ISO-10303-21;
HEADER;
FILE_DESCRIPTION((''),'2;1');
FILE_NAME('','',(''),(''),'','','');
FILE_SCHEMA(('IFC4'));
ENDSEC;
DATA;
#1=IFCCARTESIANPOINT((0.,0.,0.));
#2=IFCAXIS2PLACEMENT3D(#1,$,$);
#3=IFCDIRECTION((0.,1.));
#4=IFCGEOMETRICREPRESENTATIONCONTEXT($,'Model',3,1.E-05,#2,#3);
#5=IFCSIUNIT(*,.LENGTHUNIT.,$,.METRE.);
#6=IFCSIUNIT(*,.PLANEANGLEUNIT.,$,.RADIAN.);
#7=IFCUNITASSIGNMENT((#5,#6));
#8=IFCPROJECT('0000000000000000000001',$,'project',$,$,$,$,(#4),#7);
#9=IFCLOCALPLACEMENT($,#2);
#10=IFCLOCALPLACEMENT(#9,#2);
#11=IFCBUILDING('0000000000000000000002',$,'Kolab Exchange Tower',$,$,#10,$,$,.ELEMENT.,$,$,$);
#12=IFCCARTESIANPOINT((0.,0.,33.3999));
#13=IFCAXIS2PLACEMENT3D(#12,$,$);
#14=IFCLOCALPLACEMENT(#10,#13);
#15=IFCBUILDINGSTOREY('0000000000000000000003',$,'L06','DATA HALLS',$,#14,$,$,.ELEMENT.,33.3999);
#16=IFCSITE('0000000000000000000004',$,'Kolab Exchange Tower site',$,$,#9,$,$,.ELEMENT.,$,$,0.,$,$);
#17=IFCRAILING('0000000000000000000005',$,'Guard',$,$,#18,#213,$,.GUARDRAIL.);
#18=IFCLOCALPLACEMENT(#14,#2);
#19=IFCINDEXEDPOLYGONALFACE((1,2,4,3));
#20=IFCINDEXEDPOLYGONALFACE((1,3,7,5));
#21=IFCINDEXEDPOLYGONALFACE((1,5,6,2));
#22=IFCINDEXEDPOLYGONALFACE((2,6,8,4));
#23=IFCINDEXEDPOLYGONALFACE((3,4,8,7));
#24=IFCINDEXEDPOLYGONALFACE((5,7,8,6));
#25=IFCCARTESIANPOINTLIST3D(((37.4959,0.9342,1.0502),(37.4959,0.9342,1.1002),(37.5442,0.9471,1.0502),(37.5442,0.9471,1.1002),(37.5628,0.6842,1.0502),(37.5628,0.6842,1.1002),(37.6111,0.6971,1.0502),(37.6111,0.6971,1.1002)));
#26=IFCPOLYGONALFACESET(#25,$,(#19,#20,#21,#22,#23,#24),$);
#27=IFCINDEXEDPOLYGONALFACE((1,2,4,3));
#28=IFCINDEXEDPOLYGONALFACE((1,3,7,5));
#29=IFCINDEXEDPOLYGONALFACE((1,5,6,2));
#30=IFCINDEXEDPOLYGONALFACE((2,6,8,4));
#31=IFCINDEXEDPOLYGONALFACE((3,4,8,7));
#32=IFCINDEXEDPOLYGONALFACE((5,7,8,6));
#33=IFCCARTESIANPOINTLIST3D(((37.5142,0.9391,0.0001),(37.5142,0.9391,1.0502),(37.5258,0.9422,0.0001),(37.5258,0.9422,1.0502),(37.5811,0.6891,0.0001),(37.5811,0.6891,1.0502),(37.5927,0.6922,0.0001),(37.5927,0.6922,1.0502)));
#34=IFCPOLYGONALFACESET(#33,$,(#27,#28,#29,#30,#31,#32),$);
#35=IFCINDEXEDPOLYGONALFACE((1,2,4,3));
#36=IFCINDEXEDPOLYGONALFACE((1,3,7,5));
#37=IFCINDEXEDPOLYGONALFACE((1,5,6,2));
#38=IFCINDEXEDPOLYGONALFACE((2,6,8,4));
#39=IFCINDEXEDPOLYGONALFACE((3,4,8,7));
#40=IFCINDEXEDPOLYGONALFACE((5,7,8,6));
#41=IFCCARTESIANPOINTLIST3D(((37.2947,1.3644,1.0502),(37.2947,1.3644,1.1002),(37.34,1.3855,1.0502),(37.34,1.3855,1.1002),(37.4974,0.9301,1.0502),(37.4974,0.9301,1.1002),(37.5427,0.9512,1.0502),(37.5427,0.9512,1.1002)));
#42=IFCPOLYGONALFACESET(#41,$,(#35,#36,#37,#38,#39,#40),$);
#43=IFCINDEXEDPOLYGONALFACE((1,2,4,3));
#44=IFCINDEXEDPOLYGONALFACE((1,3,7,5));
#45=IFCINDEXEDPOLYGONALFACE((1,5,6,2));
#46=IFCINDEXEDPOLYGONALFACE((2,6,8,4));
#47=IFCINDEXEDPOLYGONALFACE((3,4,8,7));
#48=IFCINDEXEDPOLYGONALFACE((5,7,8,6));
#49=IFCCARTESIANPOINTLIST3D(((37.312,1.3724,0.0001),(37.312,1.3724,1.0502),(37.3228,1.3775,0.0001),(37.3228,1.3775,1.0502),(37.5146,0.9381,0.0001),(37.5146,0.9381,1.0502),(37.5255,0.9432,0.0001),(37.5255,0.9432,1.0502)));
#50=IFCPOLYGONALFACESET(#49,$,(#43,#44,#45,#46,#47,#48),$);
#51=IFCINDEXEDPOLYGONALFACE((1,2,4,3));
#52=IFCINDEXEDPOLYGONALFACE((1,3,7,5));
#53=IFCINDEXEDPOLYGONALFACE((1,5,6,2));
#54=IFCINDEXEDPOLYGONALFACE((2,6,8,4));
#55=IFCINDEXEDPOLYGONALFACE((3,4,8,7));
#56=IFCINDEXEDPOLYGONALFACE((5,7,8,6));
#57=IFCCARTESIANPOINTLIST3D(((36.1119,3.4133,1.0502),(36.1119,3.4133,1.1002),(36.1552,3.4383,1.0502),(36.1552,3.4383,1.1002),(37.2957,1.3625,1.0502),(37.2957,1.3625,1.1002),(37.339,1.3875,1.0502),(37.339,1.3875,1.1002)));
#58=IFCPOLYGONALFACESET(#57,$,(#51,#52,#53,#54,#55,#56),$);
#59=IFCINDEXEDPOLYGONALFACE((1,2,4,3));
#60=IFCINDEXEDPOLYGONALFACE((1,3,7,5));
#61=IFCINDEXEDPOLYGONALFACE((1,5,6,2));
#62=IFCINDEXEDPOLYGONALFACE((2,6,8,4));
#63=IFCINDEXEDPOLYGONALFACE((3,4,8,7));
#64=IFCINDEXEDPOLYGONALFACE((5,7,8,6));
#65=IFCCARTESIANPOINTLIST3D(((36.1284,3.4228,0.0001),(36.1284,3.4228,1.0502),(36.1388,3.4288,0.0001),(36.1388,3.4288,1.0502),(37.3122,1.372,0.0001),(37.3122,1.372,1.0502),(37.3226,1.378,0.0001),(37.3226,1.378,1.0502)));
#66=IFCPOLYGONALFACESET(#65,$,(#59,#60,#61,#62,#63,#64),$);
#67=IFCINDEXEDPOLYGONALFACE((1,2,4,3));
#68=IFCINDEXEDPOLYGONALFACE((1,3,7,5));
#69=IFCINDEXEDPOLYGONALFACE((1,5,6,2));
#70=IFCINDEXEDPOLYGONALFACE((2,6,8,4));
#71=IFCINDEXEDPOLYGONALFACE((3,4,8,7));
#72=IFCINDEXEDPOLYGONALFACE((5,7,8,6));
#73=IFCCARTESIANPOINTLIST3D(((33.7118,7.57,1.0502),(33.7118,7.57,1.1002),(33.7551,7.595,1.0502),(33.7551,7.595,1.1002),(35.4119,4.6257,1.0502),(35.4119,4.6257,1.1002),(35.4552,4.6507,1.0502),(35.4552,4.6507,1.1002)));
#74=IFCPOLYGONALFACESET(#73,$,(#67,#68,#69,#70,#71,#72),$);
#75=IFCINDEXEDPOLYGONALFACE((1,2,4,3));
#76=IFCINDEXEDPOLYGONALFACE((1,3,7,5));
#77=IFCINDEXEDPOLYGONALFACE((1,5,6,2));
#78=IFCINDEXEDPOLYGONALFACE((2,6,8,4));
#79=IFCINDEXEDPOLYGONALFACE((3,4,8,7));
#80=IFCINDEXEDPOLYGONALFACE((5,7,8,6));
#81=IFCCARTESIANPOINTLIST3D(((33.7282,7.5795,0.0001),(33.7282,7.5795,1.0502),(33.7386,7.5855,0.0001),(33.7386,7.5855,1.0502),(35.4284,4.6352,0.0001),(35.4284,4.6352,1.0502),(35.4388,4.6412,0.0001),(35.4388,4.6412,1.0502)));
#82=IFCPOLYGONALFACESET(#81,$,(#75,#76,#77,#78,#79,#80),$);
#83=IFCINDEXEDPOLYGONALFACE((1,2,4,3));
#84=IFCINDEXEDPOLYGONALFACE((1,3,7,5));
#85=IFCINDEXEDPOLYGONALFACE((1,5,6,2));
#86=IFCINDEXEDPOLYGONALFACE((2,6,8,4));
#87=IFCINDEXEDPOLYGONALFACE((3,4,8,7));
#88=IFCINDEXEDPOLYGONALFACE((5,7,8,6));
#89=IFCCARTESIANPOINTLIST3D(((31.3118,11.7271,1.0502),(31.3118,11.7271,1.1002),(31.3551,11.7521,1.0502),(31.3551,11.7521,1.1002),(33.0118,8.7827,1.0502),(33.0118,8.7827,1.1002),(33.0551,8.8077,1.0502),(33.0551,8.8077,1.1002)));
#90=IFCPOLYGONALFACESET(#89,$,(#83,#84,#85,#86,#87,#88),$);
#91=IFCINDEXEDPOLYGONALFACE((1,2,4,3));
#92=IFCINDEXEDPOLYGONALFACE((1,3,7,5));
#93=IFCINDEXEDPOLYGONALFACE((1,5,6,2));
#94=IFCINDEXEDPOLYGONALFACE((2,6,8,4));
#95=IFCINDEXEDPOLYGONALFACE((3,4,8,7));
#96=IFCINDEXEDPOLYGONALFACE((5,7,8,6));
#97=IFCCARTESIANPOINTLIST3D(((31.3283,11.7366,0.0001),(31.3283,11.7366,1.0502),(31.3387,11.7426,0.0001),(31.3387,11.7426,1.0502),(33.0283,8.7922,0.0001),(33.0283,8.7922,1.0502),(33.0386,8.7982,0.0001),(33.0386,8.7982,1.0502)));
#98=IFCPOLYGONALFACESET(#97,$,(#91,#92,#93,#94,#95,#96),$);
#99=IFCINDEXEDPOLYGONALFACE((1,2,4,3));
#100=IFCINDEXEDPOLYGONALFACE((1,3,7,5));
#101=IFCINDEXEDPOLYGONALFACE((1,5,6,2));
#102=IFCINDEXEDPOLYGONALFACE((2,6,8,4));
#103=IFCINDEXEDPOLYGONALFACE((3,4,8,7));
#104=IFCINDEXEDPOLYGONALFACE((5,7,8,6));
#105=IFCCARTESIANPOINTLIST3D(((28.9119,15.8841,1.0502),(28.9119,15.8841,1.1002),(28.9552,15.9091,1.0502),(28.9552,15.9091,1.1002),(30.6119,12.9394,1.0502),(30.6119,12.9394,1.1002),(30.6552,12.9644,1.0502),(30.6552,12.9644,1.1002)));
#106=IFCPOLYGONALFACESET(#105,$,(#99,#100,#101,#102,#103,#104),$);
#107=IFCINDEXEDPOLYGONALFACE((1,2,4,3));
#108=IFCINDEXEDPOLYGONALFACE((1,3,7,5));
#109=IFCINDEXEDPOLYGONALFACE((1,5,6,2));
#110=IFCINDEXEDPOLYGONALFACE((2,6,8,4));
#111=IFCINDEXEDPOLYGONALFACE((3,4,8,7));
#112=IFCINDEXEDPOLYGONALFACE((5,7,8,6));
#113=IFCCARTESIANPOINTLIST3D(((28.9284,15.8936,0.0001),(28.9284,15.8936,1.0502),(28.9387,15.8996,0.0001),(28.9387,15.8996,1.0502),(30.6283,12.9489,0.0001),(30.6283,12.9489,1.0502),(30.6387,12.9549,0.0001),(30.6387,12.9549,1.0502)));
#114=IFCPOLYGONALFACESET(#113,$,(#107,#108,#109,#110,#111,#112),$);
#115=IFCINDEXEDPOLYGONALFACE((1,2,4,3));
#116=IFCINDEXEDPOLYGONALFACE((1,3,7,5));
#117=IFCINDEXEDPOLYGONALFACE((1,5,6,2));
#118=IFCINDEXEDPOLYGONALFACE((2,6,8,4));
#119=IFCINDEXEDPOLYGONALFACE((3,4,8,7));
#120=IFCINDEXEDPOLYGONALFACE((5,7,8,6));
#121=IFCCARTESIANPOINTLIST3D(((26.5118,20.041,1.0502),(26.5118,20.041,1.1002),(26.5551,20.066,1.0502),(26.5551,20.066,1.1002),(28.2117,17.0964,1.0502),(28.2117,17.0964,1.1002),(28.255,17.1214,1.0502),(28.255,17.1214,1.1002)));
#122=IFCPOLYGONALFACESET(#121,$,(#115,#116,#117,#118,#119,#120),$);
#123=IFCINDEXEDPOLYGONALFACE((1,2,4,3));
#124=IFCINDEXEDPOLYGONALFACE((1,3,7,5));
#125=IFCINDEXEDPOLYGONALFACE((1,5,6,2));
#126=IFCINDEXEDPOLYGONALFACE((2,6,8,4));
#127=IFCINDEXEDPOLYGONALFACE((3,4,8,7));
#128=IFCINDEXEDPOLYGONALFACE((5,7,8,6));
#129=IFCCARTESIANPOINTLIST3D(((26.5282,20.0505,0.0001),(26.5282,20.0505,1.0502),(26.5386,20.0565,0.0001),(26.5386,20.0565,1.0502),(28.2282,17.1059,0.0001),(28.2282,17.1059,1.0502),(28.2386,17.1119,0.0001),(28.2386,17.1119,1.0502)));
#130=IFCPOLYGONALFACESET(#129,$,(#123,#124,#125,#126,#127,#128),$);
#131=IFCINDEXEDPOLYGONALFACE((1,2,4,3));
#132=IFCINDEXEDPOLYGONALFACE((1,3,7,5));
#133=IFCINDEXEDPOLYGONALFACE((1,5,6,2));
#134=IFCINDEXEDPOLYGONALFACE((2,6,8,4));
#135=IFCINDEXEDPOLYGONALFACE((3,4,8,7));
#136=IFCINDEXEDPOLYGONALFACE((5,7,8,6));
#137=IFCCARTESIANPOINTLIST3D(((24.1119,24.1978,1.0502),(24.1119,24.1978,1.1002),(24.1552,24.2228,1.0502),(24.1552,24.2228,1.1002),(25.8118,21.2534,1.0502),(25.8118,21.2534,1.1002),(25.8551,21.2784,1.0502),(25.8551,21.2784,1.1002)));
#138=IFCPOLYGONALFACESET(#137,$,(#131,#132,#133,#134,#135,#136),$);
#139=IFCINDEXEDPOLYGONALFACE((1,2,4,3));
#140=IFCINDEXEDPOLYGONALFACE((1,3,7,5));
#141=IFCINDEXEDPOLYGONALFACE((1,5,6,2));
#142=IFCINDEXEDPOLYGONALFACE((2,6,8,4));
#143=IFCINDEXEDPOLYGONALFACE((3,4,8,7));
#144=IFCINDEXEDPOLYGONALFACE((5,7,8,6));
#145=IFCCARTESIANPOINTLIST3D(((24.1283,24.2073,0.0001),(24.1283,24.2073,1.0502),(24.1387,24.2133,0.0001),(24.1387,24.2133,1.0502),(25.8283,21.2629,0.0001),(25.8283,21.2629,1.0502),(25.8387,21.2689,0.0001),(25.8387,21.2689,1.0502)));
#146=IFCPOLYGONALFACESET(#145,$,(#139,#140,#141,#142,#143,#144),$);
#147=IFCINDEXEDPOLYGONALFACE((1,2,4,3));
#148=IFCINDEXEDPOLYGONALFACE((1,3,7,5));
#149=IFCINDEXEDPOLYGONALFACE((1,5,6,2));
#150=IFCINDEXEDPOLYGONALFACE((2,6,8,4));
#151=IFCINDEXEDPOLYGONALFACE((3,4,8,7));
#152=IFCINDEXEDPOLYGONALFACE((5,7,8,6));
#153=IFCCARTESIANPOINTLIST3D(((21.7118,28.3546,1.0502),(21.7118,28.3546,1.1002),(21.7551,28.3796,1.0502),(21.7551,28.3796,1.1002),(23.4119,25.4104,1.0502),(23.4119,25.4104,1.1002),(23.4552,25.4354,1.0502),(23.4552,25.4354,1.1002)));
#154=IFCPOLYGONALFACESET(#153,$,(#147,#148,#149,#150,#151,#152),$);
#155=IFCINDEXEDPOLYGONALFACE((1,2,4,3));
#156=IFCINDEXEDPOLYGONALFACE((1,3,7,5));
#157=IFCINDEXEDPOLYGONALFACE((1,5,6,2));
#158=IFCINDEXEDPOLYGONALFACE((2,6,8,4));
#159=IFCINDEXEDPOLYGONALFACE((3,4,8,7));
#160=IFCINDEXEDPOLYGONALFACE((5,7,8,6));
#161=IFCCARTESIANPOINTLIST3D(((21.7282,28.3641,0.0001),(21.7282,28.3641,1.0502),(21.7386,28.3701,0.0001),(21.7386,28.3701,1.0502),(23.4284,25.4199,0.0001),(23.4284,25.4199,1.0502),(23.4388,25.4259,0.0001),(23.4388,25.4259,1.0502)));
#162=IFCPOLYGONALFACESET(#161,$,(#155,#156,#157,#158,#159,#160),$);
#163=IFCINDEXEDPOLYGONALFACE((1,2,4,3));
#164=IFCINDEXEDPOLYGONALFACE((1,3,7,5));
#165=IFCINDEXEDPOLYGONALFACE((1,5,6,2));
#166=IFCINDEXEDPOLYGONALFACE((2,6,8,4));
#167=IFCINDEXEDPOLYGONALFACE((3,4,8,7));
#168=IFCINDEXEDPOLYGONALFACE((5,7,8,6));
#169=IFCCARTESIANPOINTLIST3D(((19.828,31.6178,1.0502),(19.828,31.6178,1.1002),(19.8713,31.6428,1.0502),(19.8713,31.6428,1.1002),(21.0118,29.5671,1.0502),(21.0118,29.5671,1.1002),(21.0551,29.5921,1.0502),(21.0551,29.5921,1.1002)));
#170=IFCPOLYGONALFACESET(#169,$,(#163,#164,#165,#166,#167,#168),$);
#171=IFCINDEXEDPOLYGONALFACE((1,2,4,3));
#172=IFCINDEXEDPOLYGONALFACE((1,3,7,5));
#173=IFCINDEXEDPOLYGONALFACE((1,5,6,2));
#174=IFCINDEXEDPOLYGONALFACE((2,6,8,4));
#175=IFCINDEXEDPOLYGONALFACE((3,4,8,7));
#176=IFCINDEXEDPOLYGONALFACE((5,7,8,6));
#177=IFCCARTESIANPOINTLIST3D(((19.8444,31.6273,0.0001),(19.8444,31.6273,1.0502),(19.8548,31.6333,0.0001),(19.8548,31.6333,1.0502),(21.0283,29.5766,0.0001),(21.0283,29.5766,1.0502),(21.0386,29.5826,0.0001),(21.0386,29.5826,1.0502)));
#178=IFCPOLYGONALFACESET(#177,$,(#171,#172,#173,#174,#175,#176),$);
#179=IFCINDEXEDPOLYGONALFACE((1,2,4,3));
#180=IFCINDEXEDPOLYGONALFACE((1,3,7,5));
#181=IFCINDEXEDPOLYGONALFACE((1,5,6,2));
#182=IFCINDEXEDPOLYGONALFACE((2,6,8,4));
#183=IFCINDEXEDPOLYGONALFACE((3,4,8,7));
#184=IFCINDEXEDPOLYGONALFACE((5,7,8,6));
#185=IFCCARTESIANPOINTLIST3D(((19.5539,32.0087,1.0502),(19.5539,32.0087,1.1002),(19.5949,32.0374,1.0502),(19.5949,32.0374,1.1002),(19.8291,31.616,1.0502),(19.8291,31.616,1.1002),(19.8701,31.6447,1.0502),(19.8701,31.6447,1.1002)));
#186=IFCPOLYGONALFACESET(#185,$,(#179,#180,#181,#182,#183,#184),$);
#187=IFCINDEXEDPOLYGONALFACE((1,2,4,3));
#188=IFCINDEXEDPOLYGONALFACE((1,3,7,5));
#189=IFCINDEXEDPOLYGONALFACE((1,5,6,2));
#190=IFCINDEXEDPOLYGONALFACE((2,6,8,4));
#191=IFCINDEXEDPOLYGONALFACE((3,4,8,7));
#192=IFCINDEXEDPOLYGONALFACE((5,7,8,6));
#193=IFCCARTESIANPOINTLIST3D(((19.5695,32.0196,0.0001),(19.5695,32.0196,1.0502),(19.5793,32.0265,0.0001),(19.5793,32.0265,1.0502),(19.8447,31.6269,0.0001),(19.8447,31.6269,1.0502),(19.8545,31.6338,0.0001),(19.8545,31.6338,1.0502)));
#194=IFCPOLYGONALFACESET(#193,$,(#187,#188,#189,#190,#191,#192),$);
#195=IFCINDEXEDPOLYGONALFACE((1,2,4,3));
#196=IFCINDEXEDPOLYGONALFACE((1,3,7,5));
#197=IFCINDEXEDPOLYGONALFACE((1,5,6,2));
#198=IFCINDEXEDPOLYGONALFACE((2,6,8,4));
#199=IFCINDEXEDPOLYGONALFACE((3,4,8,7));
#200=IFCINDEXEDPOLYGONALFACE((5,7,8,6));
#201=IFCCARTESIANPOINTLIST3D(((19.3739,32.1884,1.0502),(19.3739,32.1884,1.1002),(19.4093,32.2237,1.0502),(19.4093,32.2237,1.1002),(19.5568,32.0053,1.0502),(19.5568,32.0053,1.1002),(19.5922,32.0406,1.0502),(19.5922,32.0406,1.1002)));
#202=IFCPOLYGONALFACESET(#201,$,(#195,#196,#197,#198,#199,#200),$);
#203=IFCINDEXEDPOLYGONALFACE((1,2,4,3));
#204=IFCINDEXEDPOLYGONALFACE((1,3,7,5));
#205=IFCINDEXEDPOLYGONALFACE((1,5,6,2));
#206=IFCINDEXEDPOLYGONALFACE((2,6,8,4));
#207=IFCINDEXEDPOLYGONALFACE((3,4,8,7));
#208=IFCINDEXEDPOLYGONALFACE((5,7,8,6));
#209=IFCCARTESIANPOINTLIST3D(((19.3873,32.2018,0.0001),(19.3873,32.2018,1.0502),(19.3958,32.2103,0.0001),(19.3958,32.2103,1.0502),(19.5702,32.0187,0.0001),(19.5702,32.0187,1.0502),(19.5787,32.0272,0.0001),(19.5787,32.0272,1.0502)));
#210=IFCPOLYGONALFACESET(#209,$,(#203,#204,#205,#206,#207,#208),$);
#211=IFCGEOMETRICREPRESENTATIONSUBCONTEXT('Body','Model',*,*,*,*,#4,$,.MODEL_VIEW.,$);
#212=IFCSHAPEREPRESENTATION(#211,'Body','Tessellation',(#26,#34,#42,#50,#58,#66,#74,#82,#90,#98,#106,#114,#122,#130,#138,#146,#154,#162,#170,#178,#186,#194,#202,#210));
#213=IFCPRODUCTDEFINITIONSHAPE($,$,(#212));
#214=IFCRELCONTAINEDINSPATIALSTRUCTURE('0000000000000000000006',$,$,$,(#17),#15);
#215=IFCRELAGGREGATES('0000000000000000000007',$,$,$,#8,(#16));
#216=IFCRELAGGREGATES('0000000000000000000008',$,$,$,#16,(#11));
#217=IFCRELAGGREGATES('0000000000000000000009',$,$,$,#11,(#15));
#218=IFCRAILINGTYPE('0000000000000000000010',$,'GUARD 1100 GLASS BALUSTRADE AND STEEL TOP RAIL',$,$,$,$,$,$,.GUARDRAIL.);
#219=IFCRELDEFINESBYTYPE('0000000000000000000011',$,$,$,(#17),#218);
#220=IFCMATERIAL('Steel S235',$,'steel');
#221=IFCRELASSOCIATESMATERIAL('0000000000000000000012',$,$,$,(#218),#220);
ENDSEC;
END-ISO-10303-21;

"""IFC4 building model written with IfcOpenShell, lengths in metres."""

from ifc_helpers import new_model, si_unit, direction, frame, frame_2d, origin, origin_2d, place, context, subcontext, project, spatial, rectangle, extrude, material, type_object, element, save


model = new_model("IFC4")

# Units and contexts
model_context = context("Model", 3, precision=1e-05, world=origin(), true_north=direction((0.0, 1.0)))
body_context = subcontext(model_context, "Body", "Model", "MODEL_VIEW")
ifc_project = project(units=[si_unit("LENGTHUNIT", "METRE"), si_unit("PLANEANGLEUNIT", "RADIAN")], contexts=[model_context])

# Site, building, storey
site_placement = place(None, origin())
site = spatial("IfcSite", under=ifc_project, at=site_placement, Name="Kolab Exchange Tower site", CompositionType="ELEMENT", RefElevation=0.0)
building_placement = place(site_placement, origin())
building = spatial("IfcBuilding", under=site, at=building_placement, Name="Kolab Exchange Tower", CompositionType="ELEMENT")
storey_placement = place(building_placement, frame((0.0, 0.0, 33.3999)))
storey = spatial("IfcBuildingStorey", under=building, at=storey_placement, Name="L06", Description="DATA HALLS", CompositionType="ELEMENT", Elevation=33.3999)

# Railing
ifc_material_1 = material(Name="Steel S235", Category="steel")
railing_type = type_object("IfcRailingType", Name="GUARD 1100 GLASS BALUSTRADE AND STEEL TOP RAIL", PredefinedType="GUARDRAIL", material=ifc_material_1)
railing_placement = place(storey_placement, frame((37.5869, 0.6907, 0.0)))
element("IfcRailing", 1, at=railing_placement, inside=storey, type_object=railing_type, Name="Guard", PredefinedType="GUARDRAIL", context=body_context, shape_type="SweptSolid", body=[
    extrude(rectangle(XDim=0.05, YDim=0.05, at=origin_2d()), frame((0.0, 0.0, 1.0752), z_axis=(-0.258485, 0.966015, 0.0), x_axis=(-0.966015, -0.258485, 0.0)), (0.0, 0.0, 1.0), 0.2588),
    extrude(rectangle(XDim=0.012, YDim=1.0501, at=frame_2d((0.0, 0.5251))), frame((0.0, 0.0, 0.0), z_axis=(-0.258485, 0.966015, 0.0), x_axis=(-0.966015, -0.258485, 0.0)), (0.0, 0.0, 1.0), 0.2588),
    extrude(rectangle(XDim=0.05, YDim=0.05, at=origin_2d()), frame((-0.0669, 0.25, 1.0752), z_axis=(-0.422802, 0.906222, 0.0), x_axis=(-0.906222, -0.422802, 0.0)), (0.0, 0.0, 1.0), 0.4792),
    extrude(rectangle(XDim=0.012, YDim=1.0501, at=frame_2d((0.0, 0.5251))), frame((-0.0669, 0.25, 0.0), z_axis=(-0.422802, 0.906222, 0.0), x_axis=(-0.906222, -0.422802, 0.0)), (0.0, 0.0, 1.0), 0.4792),
    extrude(rectangle(XDim=0.05, YDim=0.05, at=origin_2d()), frame((-0.2695, 0.6843, 1.0752), z_axis=(-0.499943, 0.866059, 0.0), x_axis=(-0.866059, -0.499943, 0.0)), (0.0, 0.0, 1.0), 2.3679),
    extrude(rectangle(XDim=0.012, YDim=1.0501, at=frame_2d((0.0, 0.5251))), frame((-0.2695, 0.6843, 0.0), z_axis=(-0.499943, 0.866059, 0.0), x_axis=(-0.866059, -0.499943, 0.0)), (0.0, 0.0, 1.0), 2.3679),
    extrude(rectangle(XDim=0.05, YDim=0.05, at=origin_2d()), frame((-2.1533, 3.9475, 1.0752), z_axis=(-0.500062, 0.865989, 0.0), x_axis=(-0.865989, -0.500062, 0.0)), (0.0, 0.0, 1.0), 3.3999),
    extrude(rectangle(XDim=0.012, YDim=1.0501, at=frame_2d((0.0, 0.5251))), frame((-2.1533, 3.9475, 0.0), z_axis=(-0.500062, 0.865989, 0.0), x_axis=(-0.865989, -0.500062, 0.0)), (0.0, 0.0, 1.0), 3.3999),
    extrude(rectangle(XDim=0.05, YDim=0.05, at=origin_2d()), frame((-4.5535, 8.1045, 1.0752), z_axis=(-0.500008, 0.866021, 0.0), x_axis=(-0.866021, -0.500008, 0.0)), (0.0, 0.0, 1.0), 3.3999),
    extrude(rectangle(XDim=0.012, YDim=1.0501, at=frame_2d((0.0, 0.5251))), frame((-4.5535, 8.1045, 0.0), z_axis=(-0.500008, 0.866021, 0.0), x_axis=(-0.866021, -0.500008, 0.0)), (0.0, 0.0, 1.0), 3.3999),
    extrude(rectangle(XDim=0.05, YDim=0.05, at=origin_2d()), frame((-6.9534, 12.2612, 1.0752), z_axis=(-0.499977, 0.866039, 0.0), x_axis=(-0.866039, -0.499977, 0.0)), (0.0, 0.0, 1.0), 3.4001),
    extrude(rectangle(XDim=0.012, YDim=1.0501, at=frame_2d((0.0, 0.5251))), frame((-6.9534, 12.2612, 0.0), z_axis=(-0.499977, 0.866039, 0.0), x_axis=(-0.866039, -0.499977, 0.0)), (0.0, 0.0, 1.0), 3.4001),
    extrude(rectangle(XDim=0.05, YDim=0.05, at=origin_2d()), frame((-9.3535, 16.4182, 1.0752), z_axis=(-0.499977, 0.866039, 0.0), x_axis=(-0.866039, -0.499977, 0.0)), (0.0, 0.0, 1.0), 3.4001),
    extrude(rectangle(XDim=0.012, YDim=1.0501, at=frame_2d((0.0, 0.5251))), frame((-9.3535, 16.4182, 0.0), z_axis=(-0.499977, 0.866039, 0.0), x_axis=(-0.866039, -0.499977, 0.0)), (0.0, 0.0, 1.0), 3.4001),
    extrude(rectangle(XDim=0.05, YDim=0.05, at=origin_2d()), frame((-11.7534, 20.5752, 1.0752), z_axis=(-0.500008, 0.866021, 0.0), x_axis=(-0.866021, -0.500008, 0.0)), (0.0, 0.0, 1.0), 3.3999),
    extrude(rectangle(XDim=0.012, YDim=1.0501, at=frame_2d((0.0, 0.5251))), frame((-11.7534, 20.5752, 0.0), z_axis=(-0.500008, 0.866021, 0.0), x_axis=(-0.866021, -0.500008, 0.0)), (0.0, 0.0, 1.0), 3.3999),
    extrude(rectangle(XDim=0.05, YDim=0.05, at=origin_2d()), frame((-14.1533, 24.7322, 1.0752), z_axis=(-0.500062, 0.865989, 0.0), x_axis=(-0.865989, -0.500062, 0.0)), (0.0, 0.0, 1.0), 3.3999),
    extrude(rectangle(XDim=0.012, YDim=1.0501, at=frame_2d((0.0, 0.5251))), frame((-14.1533, 24.7322, 0.0), z_axis=(-0.500062, 0.865989, 0.0), x_axis=(-0.865989, -0.500062, 0.0)), (0.0, 0.0, 1.0), 3.3999),
    extrude(rectangle(XDim=0.05, YDim=0.05, at=origin_2d()), frame((-16.5535, 28.8889, 1.0752), z_axis=(-0.499943, 0.866059, 0.0), x_axis=(-0.866059, -0.499943, 0.0)), (0.0, 0.0, 1.0), 2.3679),
    extrude(rectangle(XDim=0.012, YDim=1.0501, at=frame_2d((0.0, 0.5251))), frame((-16.5535, 28.8889, 0.0), z_axis=(-0.499943, 0.866059, 0.0), x_axis=(-0.866059, -0.499943, 0.0)), (0.0, 0.0, 1.0), 2.3679),
    extrude(rectangle(XDim=0.05, YDim=0.05, at=origin_2d()), frame((-17.7373, 30.9397, 1.0752), z_axis=(-0.573941, 0.818897, 0.0), x_axis=(-0.818897, -0.573941, 0.0)), (0.0, 0.0, 1.0), 0.4795),
    extrude(rectangle(XDim=0.012, YDim=1.0501, at=frame_2d((0.0, 0.5251))), frame((-17.7373, 30.9397, 0.0), z_axis=(-0.573941, 0.818897, 0.0), x_axis=(-0.818897, -0.573941, 0.0)), (0.0, 0.0, 1.0), 0.4795),
    extrude(rectangle(XDim=0.05, YDim=0.05, at=origin_2d()), frame((-18.0125, 31.3323, 1.0752), z_axis=(-0.706635, 0.707578, 0.0), x_axis=(-0.707578, -0.706635, 0.0)), (0.0, 0.0, 1.0), 0.2588),
    extrude(rectangle(XDim=0.012, YDim=1.0501, at=frame_2d((0.0, 0.5251))), frame((-18.0125, 31.3323, 0.0), z_axis=(-0.706635, 0.707578, 0.0), x_axis=(-0.707578, -0.706635, 0.0)), (0.0, 0.0, 1.0), 0.2588),
])

save(model, "model.ifc")
